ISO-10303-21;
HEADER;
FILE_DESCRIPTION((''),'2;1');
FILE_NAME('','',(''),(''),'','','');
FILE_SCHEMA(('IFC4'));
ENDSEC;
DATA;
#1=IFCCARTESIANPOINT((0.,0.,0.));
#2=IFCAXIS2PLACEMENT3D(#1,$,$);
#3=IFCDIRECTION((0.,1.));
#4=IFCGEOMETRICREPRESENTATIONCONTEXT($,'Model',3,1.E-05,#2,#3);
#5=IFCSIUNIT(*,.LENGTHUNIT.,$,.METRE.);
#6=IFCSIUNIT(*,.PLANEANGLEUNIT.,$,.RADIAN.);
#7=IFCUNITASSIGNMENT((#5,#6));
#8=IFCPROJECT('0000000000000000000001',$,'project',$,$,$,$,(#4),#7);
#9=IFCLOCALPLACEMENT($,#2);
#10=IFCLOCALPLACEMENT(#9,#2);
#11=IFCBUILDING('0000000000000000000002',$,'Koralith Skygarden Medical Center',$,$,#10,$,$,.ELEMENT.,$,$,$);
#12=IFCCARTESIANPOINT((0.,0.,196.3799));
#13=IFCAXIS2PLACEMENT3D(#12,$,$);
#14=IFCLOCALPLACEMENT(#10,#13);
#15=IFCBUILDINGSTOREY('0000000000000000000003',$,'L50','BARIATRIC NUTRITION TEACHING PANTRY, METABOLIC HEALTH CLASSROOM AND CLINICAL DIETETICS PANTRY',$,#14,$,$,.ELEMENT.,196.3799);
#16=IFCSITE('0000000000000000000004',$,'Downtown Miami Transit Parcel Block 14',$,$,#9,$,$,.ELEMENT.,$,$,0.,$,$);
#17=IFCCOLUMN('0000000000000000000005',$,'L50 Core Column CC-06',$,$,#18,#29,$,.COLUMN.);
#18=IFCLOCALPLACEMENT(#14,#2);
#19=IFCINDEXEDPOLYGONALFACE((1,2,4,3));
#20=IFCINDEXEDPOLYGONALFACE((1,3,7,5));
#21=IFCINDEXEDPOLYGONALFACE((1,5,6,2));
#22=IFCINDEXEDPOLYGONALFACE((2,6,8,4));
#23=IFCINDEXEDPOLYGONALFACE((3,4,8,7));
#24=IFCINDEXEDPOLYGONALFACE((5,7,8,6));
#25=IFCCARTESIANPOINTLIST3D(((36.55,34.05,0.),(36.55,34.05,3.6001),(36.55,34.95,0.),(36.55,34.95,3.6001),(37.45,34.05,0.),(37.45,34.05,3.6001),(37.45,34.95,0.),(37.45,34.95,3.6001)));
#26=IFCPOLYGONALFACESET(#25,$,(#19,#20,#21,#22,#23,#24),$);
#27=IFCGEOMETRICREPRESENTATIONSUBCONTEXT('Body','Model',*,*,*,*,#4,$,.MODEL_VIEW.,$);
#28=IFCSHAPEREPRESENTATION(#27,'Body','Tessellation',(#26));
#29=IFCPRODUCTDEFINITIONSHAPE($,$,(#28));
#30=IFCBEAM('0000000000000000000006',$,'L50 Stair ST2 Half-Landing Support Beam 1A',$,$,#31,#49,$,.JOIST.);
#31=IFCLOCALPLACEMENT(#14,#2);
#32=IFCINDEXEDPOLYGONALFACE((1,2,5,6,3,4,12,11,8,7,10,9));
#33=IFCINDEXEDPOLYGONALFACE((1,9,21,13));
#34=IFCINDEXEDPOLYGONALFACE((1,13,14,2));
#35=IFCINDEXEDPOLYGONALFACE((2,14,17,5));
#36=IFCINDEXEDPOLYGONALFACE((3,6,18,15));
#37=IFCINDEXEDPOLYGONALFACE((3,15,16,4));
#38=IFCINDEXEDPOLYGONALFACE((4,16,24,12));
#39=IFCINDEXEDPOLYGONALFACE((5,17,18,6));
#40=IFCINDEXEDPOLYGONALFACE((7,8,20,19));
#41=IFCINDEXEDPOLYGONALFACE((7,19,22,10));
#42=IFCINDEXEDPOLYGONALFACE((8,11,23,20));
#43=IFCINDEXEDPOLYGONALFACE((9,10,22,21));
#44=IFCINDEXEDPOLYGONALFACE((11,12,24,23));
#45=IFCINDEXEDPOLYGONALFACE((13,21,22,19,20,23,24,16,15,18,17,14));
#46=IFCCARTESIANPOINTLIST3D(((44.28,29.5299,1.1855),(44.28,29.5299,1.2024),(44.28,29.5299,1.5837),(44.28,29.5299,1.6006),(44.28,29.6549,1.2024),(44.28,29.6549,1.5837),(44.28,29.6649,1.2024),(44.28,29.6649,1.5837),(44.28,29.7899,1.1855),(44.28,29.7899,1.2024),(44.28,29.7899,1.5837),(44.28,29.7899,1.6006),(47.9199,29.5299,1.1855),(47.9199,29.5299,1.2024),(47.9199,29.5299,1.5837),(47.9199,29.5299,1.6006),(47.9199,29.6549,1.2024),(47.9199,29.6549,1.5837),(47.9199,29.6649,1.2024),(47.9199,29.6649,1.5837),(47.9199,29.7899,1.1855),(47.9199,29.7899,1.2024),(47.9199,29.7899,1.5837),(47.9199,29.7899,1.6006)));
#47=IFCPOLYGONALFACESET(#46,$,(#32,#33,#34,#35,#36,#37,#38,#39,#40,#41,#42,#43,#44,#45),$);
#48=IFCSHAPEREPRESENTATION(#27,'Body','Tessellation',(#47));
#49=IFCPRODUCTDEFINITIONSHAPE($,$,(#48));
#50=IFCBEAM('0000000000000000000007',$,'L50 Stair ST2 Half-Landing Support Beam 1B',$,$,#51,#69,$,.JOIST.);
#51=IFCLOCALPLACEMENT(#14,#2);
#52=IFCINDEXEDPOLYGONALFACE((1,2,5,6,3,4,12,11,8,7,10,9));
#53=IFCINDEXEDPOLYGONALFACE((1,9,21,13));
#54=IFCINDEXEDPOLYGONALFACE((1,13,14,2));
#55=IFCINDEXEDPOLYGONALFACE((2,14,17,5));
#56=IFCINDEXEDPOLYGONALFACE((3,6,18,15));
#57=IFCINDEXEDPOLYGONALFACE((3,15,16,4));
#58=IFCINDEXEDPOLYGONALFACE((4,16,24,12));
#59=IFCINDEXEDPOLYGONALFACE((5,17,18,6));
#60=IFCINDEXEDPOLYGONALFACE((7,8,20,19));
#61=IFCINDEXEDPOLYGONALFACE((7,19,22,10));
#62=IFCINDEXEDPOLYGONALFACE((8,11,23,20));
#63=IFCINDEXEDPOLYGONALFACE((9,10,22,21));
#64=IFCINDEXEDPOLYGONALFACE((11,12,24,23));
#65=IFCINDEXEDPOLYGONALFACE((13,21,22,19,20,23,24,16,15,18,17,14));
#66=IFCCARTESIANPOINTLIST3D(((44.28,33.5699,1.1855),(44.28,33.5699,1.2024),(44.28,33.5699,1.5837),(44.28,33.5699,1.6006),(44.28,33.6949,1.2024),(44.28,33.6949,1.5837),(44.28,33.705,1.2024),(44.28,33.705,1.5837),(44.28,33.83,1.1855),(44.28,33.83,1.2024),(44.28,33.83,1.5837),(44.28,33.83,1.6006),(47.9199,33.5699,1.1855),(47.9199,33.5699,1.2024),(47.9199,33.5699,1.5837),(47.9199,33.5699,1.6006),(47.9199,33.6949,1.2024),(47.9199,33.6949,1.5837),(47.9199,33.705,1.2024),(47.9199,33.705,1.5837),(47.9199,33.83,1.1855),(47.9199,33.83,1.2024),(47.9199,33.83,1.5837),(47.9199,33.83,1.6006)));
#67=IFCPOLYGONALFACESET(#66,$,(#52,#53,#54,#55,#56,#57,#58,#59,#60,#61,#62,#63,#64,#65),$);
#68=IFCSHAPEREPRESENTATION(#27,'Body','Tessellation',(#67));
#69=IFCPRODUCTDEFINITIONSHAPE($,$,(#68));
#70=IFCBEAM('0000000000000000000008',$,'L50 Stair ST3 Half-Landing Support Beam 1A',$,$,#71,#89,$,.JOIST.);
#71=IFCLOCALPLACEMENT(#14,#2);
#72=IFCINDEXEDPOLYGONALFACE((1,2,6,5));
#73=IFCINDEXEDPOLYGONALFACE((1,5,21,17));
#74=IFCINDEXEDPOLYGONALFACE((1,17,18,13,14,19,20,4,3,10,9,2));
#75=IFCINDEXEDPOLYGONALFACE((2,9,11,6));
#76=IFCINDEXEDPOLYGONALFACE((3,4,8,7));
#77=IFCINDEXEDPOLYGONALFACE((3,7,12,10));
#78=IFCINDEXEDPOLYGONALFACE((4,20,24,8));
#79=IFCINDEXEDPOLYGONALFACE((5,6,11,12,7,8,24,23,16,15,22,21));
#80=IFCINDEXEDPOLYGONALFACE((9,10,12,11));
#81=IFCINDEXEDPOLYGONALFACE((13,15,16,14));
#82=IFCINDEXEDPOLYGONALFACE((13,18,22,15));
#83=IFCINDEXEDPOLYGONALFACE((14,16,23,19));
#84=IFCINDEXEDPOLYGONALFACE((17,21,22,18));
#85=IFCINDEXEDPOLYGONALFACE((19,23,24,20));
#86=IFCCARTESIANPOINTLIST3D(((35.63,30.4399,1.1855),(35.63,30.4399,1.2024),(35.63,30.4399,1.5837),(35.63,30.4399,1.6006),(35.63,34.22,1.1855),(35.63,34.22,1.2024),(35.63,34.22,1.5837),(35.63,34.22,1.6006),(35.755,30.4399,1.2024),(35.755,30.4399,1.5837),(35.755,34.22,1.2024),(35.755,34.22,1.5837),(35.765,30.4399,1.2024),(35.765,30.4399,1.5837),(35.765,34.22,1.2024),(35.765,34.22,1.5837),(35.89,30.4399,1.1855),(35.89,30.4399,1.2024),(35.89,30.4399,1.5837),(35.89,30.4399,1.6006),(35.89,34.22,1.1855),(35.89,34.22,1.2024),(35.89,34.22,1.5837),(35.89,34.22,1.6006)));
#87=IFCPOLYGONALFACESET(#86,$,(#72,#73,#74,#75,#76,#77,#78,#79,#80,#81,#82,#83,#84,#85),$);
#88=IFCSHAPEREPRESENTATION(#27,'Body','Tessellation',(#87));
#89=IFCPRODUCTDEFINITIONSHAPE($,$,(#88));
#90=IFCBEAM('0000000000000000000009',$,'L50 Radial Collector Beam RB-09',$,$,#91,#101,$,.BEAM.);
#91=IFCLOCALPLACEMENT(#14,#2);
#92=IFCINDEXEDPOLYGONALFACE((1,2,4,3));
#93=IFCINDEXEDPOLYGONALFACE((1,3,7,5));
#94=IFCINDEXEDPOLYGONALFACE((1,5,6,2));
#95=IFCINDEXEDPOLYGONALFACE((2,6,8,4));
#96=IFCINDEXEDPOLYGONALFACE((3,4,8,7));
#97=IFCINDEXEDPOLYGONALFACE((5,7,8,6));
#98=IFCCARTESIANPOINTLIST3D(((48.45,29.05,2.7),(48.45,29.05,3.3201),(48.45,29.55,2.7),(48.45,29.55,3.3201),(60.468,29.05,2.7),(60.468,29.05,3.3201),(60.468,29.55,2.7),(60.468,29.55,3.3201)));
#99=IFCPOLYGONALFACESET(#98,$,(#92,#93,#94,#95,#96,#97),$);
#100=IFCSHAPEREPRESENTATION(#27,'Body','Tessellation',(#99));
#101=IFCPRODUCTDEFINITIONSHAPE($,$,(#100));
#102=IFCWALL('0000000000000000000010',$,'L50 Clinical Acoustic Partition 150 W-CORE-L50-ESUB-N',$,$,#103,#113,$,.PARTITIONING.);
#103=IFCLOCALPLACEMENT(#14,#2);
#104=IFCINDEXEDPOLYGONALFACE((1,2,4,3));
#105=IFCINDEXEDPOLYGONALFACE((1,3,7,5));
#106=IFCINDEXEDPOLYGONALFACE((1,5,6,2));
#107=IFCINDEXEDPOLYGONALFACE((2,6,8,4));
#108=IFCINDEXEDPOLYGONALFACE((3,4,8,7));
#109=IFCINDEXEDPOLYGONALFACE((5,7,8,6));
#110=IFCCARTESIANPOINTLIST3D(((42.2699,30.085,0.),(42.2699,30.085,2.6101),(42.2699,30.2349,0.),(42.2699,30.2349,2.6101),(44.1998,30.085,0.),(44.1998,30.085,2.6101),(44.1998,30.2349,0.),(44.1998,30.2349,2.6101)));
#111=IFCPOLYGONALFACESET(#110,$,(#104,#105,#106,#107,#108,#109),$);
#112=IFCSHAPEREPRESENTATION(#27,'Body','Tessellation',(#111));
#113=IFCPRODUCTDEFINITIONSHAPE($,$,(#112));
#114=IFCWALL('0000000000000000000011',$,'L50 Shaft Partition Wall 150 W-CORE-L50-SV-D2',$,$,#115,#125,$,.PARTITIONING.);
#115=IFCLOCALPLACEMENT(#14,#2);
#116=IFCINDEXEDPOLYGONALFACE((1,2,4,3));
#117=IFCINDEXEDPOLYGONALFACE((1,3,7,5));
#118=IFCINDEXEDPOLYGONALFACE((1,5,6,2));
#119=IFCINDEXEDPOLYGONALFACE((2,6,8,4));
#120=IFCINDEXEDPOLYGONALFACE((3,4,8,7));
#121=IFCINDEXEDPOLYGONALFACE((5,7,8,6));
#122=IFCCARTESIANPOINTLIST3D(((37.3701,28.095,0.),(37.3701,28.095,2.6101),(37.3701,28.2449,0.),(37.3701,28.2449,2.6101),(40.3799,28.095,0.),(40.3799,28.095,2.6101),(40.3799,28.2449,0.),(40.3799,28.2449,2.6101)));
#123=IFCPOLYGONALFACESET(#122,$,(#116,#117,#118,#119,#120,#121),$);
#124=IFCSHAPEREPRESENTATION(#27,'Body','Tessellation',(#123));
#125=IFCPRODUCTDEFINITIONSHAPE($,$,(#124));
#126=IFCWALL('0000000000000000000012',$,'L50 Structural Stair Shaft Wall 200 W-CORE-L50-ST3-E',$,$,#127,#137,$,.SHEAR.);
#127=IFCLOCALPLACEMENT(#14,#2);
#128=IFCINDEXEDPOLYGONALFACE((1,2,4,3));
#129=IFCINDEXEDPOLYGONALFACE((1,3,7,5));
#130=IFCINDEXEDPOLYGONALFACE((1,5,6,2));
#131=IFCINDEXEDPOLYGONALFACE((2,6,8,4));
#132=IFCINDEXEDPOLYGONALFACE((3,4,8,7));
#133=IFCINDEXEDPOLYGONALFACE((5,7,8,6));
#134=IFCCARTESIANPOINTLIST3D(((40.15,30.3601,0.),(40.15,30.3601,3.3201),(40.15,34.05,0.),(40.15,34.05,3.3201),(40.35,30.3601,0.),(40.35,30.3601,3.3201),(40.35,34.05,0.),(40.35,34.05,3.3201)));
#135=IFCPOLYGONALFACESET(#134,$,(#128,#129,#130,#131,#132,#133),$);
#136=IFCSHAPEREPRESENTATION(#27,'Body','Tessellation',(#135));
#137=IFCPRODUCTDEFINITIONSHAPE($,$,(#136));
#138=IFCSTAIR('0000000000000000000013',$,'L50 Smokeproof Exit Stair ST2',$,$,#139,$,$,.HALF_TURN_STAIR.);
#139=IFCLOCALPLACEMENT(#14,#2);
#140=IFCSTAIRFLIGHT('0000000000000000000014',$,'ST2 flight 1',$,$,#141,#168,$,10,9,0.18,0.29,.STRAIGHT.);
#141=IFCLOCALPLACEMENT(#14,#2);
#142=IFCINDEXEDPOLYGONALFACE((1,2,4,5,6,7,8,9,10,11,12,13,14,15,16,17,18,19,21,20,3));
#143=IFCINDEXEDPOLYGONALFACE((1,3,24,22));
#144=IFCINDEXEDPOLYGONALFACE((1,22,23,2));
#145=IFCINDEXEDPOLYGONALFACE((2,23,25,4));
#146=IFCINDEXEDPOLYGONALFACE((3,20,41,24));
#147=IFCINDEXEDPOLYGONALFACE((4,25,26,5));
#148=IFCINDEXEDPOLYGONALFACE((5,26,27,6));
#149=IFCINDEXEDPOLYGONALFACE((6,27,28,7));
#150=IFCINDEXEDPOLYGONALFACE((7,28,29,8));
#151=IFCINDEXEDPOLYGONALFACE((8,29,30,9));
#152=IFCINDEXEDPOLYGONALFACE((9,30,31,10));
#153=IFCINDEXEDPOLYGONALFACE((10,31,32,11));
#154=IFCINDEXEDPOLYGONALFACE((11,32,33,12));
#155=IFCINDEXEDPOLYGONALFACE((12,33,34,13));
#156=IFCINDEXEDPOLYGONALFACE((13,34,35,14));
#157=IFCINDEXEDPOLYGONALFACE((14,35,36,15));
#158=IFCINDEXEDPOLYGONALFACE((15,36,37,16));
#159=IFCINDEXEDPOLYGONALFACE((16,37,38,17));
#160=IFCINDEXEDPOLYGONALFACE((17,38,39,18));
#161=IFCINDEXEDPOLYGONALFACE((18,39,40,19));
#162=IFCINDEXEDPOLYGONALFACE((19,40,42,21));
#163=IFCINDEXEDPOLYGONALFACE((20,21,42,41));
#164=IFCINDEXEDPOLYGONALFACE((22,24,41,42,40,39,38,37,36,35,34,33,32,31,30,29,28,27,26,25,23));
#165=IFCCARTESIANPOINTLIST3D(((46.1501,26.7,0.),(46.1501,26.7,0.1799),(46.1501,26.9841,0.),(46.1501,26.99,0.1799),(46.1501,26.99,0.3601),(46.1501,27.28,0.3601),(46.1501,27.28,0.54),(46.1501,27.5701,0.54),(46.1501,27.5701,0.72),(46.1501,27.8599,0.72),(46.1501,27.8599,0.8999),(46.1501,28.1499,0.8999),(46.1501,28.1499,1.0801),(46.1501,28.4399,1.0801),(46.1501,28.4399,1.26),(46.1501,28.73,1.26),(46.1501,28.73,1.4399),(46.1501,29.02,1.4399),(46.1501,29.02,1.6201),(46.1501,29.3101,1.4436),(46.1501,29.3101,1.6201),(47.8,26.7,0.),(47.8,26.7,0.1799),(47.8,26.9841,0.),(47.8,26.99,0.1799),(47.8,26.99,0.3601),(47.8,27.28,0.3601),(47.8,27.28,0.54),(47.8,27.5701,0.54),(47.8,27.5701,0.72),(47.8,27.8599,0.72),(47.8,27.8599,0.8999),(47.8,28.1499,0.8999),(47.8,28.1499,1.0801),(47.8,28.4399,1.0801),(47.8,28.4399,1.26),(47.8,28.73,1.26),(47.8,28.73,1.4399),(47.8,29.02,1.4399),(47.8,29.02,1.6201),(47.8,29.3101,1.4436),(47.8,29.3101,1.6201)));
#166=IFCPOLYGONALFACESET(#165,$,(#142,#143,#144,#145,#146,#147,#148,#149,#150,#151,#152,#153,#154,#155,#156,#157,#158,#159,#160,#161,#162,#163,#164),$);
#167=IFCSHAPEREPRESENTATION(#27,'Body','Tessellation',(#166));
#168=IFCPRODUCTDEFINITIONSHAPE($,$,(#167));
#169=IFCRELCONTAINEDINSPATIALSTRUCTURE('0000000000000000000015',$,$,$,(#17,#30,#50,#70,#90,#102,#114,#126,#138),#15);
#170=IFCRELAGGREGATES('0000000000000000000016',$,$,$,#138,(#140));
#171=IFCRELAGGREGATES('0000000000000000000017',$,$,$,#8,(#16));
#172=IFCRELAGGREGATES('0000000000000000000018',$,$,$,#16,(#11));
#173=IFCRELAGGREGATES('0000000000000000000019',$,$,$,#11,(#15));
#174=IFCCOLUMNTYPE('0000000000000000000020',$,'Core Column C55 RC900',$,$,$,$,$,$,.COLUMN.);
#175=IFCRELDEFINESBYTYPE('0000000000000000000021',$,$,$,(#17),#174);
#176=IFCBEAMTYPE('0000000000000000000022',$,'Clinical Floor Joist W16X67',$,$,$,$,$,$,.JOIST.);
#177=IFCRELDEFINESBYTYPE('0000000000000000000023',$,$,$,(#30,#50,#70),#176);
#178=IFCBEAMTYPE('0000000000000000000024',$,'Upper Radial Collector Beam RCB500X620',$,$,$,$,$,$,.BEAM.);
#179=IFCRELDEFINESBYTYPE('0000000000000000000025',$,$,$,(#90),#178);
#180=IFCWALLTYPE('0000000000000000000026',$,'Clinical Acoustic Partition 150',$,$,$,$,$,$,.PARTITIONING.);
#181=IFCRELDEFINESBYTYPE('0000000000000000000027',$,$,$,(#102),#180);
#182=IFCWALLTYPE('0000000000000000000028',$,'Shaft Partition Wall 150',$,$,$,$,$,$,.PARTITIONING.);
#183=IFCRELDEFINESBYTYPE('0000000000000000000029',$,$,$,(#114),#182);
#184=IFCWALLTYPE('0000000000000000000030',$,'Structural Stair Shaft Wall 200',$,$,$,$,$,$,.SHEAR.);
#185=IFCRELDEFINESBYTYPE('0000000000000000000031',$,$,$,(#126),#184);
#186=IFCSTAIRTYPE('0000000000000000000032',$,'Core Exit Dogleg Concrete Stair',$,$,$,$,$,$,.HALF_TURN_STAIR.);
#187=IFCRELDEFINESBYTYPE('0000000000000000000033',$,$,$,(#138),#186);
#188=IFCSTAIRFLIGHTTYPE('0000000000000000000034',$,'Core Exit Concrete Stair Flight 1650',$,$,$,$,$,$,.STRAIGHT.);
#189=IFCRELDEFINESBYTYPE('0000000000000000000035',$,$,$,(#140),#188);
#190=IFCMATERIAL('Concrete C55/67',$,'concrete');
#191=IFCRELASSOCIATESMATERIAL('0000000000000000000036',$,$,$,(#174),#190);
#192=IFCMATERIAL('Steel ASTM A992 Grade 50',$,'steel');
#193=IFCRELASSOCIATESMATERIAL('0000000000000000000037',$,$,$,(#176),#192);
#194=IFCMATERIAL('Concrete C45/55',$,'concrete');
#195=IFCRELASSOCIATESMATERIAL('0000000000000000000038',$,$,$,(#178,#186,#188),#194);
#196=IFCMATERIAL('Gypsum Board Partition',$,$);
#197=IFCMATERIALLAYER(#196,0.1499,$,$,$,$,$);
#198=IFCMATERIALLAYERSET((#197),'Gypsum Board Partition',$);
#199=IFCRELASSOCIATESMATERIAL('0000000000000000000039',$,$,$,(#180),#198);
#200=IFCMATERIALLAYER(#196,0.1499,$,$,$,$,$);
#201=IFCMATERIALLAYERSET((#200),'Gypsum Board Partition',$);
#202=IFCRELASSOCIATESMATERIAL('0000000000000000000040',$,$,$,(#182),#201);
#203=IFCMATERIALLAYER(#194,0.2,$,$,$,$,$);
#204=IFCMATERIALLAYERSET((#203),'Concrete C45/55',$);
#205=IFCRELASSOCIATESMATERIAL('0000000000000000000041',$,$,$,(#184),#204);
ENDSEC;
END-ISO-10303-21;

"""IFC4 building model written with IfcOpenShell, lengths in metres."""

from ifc_helpers import new_model, si_unit, direction, frame, frame_2d, origin, origin_2d, place, context, subcontext, project, spatial, polyline, rectangle, i_section, outline, extrude, material, layer, layer_set, material_profile, profile_set, type_object, element, aggregate, save


model = new_model("IFC4")

# Units and contexts
model_context = context("Model", 3, precision=1e-05, world=origin(), true_north=direction((0.0, 1.0)))
body_context = subcontext(model_context, "Body", "Model", "MODEL_VIEW")
ifc_project = project(units=[si_unit("LENGTHUNIT", "METRE"), si_unit("PLANEANGLEUNIT", "RADIAN")], contexts=[model_context])

# Site, building, storey
site_placement = place(None, origin())
site = spatial("IfcSite", under=ifc_project, at=site_placement, Name="Downtown Miami Transit Parcel Block 14", CompositionType="ELEMENT", RefElevation=0.0)
building_placement = place(site_placement, origin())
building = spatial("IfcBuilding", under=site, at=building_placement, Name="Koralith Skygarden Medical Center", CompositionType="ELEMENT")
storey_placement = place(building_placement, frame((0.0, 0.0, 196.3799)))
storey = spatial("IfcBuildingStorey", under=building, at=storey_placement, Name="L50", Description="BARIATRIC NUTRITION TEACHING PANTRY, METABOLIC HEALTH CLASSROOM AND CLINICAL DIETETICS PANTRY", CompositionType="ELEMENT", Elevation=196.3799)

# Column
ifc_material_1 = material(Name="Concrete C55/67", Category="concrete")
ifc_material_profile_1 = material_profile(ifc_material_1, rectangle(XDim=0.8999, YDim=0.8999, at=origin_2d()), Name="RC900X900")
ifc_profile_set_1 = profile_set([ifc_material_profile_1], Name="Concrete C55/67")
column_type = type_object("IfcColumnType", Name="Core Column C55 RC900", PredefinedType="COLUMN", material=ifc_profile_set_1)
column_placement = place(storey_placement, frame((37.0, 34.5, 0.0), z_axis=(0.0, 0.0, 1.0), x_axis=(1.0, 0.0, 0.0)))
element("IfcColumn", 1, at=column_placement, inside=storey, type_object=column_type, Name="L50 Core Column CC-06", PredefinedType="COLUMN", context=body_context, shape_type="SweptSolid", body=[
    extrude(rectangle(XDim=0.8999, YDim=0.8999, at=origin_2d()), origin(), (0.0, 0.0, 1.0), 3.6001),
])

# Beams
ifc_material_2 = material(Name="Steel ASTM A992 Grade 50", Category="steel")
ifc_material_profile_2 = material_profile(ifc_material_2, i_section(OverallWidth=0.26, OverallDepth=0.415, WebThickness=0.01, FlangeThickness=0.0168, at=origin_2d()), Name="W16X67")
ifc_profile_set_2 = profile_set([ifc_material_profile_2], Name="Steel ASTM A992 Grade 50")
beam_type_1 = type_object("IfcBeamType", Name="Clinical Floor Joist W16X67", PredefinedType="JOIST", material=ifc_profile_set_2)
for number, where, z_axis, x_axis, name in (
    (2, (44.28, 29.6599, 1.3931), (1.0, 0.0, 0.0), (0.0, 1.0, 0.0), "L50 Stair ST2 Half-Landing Support Beam 1A"),
    (3, (44.28, 33.7, 1.3931), (1.0, 0.0, 0.0), (0.0, 1.0, 0.0), "L50 Stair ST2 Half-Landing Support Beam 1B"),
):
    element("IfcBeam", number, at=place(storey_placement, frame(where, z_axis=z_axis, x_axis=x_axis)), inside=storey, type_object=beam_type_1, Name=name, PredefinedType="JOIST", context=body_context, shape_type="SweptSolid", body=[
        extrude(i_section(OverallWidth=0.26, OverallDepth=0.415, WebThickness=0.01, FlangeThickness=0.0168, at=origin_2d()), origin(), (0.0, 0.0, 1.0), 3.6399),
    ])
beam_1_placement = place(storey_placement, frame((35.76, 30.4399, 1.3931), z_axis=(0.0, 1.0, 0.0), x_axis=(-1.0, 0.0, 0.0)))
element("IfcBeam", 4, at=beam_1_placement, inside=storey, type_object=beam_type_1, Name="L50 Stair ST3 Half-Landing Support Beam 1A", PredefinedType="JOIST", context=body_context, shape_type="SweptSolid", body=[
    extrude(i_section(OverallWidth=0.26, OverallDepth=0.415, WebThickness=0.01, FlangeThickness=0.0168, at=origin_2d()), origin(), (0.0, 0.0, 1.0), 3.78),
])
ifc_material_3 = material(Name="Concrete C45/55", Category="concrete")
ifc_material_profile_3 = material_profile(ifc_material_3, rectangle(XDim=0.5, YDim=0.6201, at=origin_2d()), Name="RCB500X620")
ifc_profile_set_3 = profile_set([ifc_material_profile_3], Name="Concrete C45/55")
beam_type_2 = type_object("IfcBeamType", Name="Upper Radial Collector Beam RCB500X620", PredefinedType="BEAM", material=ifc_profile_set_3)
beam_2_placement = place(storey_placement, frame((48.45, 29.3, 3.01), z_axis=(1.0, 0.0, 0.0), x_axis=(0.0, 1.0, 0.0)))
element("IfcBeam", 5, at=beam_2_placement, inside=storey, type_object=beam_type_2, Name="L50 Radial Collector Beam RB-09", PredefinedType="BEAM", context=body_context, shape_type="SweptSolid", body=[
    extrude(rectangle(XDim=0.5, YDim=0.6201, at=origin_2d()), origin(), (0.0, 0.0, 1.0), 12.0181),
])

# Walls
ifc_material_4 = material(Name="Gypsum Board Partition")
ifc_layer_1 = layer(ifc_material_4, 0.1499)
ifc_layer_set_1 = layer_set([ifc_layer_1], Name="Gypsum Board Partition")
wall_type_1 = type_object("IfcWallType", Name="Clinical Acoustic Partition 150", PredefinedType="PARTITIONING", material=ifc_layer_set_1)
wall_1_placement = place(storey_placement, frame((42.27, 30.1599, 0.0), z_axis=(0.0, 0.0, 1.0), x_axis=(1.0, 0.0, 0.0)))
element("IfcWall", 6, at=wall_1_placement, inside=storey, type_object=wall_type_1, Name="L50 Clinical Acoustic Partition 150 W-CORE-L50-ESUB-N", PredefinedType="PARTITIONING", context=body_context, shape_type="SweptSolid", body=[
    extrude(rectangle(XDim=1.9299, YDim=0.1499, at=frame_2d((0.9648, 0.0))), origin(), (0.0, 0.0, 1.0), 2.6101),
])
ifc_layer_2 = layer(ifc_material_4, 0.1499)
ifc_layer_set_2 = layer_set([ifc_layer_2], Name="Gypsum Board Partition")
wall_type_2 = type_object("IfcWallType", Name="Shaft Partition Wall 150", PredefinedType="PARTITIONING", material=ifc_layer_set_2)
wall_2_placement = place(storey_placement, frame((37.3701, 28.1699, 0.0), z_axis=(0.0, 0.0, 1.0), x_axis=(1.0, 0.0, 0.0)))
element("IfcWall", 7, at=wall_2_placement, inside=storey, type_object=wall_type_2, Name="L50 Shaft Partition Wall 150 W-CORE-L50-SV-D2", PredefinedType="PARTITIONING", context=body_context, shape_type="SweptSolid", body=[
    extrude(rectangle(XDim=3.0098, YDim=0.1499, at=frame_2d((1.5049, 0.0))), origin(), (0.0, 0.0, 1.0), 2.6101),
])
ifc_layer_3 = layer(ifc_material_3, 0.2)
ifc_layer_set_3 = layer_set([ifc_layer_3], Name="Concrete C45/55")
wall_type_3 = type_object("IfcWallType", Name="Structural Stair Shaft Wall 200", PredefinedType="SHEAR", material=ifc_layer_set_3)
wall_3_placement = place(storey_placement, frame((40.25, 30.3601, 0.0), z_axis=(0.0, 0.0, 1.0), x_axis=(0.0, 1.0, 0.0)))
element("IfcWall", 8, at=wall_3_placement, inside=storey, type_object=wall_type_3, Name="L50 Structural Stair Shaft Wall 200 W-CORE-L50-ST3-E", PredefinedType="SHEAR", context=body_context, shape_type="SweptSolid", body=[
    extrude(rectangle(XDim=3.6899, YDim=0.2, at=frame_2d((1.845, 0.0))), origin(), (0.0, 0.0, 1.0), 3.3201),
])

# Stair, stair flight
stair_type = type_object("IfcStairType", Name="Core Exit Dogleg Concrete Stair", PredefinedType="HALF_TURN_STAIR", material=ifc_material_3)
stair_placement = place(storey_placement, origin())
stair = element("IfcStair", 9, at=stair_placement, inside=storey, type_object=stair_type, Name="L50 Smokeproof Exit Stair ST2", PredefinedType="HALF_TURN_STAIR")
stair_flight_type = type_object("IfcStairFlightType", Name="Core Exit Concrete Stair Flight 1650", PredefinedType="STRAIGHT", material=ifc_material_3)
stair_flight_1_placement = place(storey_placement, frame((46.9751, 26.7, 0.0), z_axis=(0.0, 0.0, 1.0), x_axis=(0.0, 1.0, 0.0)))
stair_flight_1 = element("IfcStairFlight", 10, at=stair_flight_1_placement, type_object=stair_flight_type, Name="ST2 flight 1", NumberOfRisers=10, NumberOfTreads=9, PredefinedType="STRAIGHT", RiserHeight=0.18, TreadLength=0.29, context=body_context, shape_type="SweptSolid", body=[
    extrude(outline(polyline([(0.0, 0.0), (0.0, 0.1799), (0.29, 0.1799), (0.29, 0.3601), (0.5801, 0.3601), (0.5801, 0.54), (0.8701, 0.54), (0.8701, 0.72), (1.1599, 0.72), (1.1599, 0.8999), (1.45, 0.8999), (1.45, 1.0801), (1.74, 1.0801), (1.74, 1.26), (2.03, 1.26), (2.03, 1.4399), (2.3201, 1.4399), (2.3201, 1.6201), (2.6101, 1.6201), (2.6101, 1.8), (2.6101, 1.4436), (0.2842, 0.0), (0.0, 0.0)])), frame((0.0, 0.825, 0.0), z_axis=(0.0, -1.0, 0.0), x_axis=(1.0, 0.0, 0.0)), (0.0, 0.0, 1.0), 1.6499),
])
aggregate(stair, [stair_flight_1])

save(model, "model.ifc")
